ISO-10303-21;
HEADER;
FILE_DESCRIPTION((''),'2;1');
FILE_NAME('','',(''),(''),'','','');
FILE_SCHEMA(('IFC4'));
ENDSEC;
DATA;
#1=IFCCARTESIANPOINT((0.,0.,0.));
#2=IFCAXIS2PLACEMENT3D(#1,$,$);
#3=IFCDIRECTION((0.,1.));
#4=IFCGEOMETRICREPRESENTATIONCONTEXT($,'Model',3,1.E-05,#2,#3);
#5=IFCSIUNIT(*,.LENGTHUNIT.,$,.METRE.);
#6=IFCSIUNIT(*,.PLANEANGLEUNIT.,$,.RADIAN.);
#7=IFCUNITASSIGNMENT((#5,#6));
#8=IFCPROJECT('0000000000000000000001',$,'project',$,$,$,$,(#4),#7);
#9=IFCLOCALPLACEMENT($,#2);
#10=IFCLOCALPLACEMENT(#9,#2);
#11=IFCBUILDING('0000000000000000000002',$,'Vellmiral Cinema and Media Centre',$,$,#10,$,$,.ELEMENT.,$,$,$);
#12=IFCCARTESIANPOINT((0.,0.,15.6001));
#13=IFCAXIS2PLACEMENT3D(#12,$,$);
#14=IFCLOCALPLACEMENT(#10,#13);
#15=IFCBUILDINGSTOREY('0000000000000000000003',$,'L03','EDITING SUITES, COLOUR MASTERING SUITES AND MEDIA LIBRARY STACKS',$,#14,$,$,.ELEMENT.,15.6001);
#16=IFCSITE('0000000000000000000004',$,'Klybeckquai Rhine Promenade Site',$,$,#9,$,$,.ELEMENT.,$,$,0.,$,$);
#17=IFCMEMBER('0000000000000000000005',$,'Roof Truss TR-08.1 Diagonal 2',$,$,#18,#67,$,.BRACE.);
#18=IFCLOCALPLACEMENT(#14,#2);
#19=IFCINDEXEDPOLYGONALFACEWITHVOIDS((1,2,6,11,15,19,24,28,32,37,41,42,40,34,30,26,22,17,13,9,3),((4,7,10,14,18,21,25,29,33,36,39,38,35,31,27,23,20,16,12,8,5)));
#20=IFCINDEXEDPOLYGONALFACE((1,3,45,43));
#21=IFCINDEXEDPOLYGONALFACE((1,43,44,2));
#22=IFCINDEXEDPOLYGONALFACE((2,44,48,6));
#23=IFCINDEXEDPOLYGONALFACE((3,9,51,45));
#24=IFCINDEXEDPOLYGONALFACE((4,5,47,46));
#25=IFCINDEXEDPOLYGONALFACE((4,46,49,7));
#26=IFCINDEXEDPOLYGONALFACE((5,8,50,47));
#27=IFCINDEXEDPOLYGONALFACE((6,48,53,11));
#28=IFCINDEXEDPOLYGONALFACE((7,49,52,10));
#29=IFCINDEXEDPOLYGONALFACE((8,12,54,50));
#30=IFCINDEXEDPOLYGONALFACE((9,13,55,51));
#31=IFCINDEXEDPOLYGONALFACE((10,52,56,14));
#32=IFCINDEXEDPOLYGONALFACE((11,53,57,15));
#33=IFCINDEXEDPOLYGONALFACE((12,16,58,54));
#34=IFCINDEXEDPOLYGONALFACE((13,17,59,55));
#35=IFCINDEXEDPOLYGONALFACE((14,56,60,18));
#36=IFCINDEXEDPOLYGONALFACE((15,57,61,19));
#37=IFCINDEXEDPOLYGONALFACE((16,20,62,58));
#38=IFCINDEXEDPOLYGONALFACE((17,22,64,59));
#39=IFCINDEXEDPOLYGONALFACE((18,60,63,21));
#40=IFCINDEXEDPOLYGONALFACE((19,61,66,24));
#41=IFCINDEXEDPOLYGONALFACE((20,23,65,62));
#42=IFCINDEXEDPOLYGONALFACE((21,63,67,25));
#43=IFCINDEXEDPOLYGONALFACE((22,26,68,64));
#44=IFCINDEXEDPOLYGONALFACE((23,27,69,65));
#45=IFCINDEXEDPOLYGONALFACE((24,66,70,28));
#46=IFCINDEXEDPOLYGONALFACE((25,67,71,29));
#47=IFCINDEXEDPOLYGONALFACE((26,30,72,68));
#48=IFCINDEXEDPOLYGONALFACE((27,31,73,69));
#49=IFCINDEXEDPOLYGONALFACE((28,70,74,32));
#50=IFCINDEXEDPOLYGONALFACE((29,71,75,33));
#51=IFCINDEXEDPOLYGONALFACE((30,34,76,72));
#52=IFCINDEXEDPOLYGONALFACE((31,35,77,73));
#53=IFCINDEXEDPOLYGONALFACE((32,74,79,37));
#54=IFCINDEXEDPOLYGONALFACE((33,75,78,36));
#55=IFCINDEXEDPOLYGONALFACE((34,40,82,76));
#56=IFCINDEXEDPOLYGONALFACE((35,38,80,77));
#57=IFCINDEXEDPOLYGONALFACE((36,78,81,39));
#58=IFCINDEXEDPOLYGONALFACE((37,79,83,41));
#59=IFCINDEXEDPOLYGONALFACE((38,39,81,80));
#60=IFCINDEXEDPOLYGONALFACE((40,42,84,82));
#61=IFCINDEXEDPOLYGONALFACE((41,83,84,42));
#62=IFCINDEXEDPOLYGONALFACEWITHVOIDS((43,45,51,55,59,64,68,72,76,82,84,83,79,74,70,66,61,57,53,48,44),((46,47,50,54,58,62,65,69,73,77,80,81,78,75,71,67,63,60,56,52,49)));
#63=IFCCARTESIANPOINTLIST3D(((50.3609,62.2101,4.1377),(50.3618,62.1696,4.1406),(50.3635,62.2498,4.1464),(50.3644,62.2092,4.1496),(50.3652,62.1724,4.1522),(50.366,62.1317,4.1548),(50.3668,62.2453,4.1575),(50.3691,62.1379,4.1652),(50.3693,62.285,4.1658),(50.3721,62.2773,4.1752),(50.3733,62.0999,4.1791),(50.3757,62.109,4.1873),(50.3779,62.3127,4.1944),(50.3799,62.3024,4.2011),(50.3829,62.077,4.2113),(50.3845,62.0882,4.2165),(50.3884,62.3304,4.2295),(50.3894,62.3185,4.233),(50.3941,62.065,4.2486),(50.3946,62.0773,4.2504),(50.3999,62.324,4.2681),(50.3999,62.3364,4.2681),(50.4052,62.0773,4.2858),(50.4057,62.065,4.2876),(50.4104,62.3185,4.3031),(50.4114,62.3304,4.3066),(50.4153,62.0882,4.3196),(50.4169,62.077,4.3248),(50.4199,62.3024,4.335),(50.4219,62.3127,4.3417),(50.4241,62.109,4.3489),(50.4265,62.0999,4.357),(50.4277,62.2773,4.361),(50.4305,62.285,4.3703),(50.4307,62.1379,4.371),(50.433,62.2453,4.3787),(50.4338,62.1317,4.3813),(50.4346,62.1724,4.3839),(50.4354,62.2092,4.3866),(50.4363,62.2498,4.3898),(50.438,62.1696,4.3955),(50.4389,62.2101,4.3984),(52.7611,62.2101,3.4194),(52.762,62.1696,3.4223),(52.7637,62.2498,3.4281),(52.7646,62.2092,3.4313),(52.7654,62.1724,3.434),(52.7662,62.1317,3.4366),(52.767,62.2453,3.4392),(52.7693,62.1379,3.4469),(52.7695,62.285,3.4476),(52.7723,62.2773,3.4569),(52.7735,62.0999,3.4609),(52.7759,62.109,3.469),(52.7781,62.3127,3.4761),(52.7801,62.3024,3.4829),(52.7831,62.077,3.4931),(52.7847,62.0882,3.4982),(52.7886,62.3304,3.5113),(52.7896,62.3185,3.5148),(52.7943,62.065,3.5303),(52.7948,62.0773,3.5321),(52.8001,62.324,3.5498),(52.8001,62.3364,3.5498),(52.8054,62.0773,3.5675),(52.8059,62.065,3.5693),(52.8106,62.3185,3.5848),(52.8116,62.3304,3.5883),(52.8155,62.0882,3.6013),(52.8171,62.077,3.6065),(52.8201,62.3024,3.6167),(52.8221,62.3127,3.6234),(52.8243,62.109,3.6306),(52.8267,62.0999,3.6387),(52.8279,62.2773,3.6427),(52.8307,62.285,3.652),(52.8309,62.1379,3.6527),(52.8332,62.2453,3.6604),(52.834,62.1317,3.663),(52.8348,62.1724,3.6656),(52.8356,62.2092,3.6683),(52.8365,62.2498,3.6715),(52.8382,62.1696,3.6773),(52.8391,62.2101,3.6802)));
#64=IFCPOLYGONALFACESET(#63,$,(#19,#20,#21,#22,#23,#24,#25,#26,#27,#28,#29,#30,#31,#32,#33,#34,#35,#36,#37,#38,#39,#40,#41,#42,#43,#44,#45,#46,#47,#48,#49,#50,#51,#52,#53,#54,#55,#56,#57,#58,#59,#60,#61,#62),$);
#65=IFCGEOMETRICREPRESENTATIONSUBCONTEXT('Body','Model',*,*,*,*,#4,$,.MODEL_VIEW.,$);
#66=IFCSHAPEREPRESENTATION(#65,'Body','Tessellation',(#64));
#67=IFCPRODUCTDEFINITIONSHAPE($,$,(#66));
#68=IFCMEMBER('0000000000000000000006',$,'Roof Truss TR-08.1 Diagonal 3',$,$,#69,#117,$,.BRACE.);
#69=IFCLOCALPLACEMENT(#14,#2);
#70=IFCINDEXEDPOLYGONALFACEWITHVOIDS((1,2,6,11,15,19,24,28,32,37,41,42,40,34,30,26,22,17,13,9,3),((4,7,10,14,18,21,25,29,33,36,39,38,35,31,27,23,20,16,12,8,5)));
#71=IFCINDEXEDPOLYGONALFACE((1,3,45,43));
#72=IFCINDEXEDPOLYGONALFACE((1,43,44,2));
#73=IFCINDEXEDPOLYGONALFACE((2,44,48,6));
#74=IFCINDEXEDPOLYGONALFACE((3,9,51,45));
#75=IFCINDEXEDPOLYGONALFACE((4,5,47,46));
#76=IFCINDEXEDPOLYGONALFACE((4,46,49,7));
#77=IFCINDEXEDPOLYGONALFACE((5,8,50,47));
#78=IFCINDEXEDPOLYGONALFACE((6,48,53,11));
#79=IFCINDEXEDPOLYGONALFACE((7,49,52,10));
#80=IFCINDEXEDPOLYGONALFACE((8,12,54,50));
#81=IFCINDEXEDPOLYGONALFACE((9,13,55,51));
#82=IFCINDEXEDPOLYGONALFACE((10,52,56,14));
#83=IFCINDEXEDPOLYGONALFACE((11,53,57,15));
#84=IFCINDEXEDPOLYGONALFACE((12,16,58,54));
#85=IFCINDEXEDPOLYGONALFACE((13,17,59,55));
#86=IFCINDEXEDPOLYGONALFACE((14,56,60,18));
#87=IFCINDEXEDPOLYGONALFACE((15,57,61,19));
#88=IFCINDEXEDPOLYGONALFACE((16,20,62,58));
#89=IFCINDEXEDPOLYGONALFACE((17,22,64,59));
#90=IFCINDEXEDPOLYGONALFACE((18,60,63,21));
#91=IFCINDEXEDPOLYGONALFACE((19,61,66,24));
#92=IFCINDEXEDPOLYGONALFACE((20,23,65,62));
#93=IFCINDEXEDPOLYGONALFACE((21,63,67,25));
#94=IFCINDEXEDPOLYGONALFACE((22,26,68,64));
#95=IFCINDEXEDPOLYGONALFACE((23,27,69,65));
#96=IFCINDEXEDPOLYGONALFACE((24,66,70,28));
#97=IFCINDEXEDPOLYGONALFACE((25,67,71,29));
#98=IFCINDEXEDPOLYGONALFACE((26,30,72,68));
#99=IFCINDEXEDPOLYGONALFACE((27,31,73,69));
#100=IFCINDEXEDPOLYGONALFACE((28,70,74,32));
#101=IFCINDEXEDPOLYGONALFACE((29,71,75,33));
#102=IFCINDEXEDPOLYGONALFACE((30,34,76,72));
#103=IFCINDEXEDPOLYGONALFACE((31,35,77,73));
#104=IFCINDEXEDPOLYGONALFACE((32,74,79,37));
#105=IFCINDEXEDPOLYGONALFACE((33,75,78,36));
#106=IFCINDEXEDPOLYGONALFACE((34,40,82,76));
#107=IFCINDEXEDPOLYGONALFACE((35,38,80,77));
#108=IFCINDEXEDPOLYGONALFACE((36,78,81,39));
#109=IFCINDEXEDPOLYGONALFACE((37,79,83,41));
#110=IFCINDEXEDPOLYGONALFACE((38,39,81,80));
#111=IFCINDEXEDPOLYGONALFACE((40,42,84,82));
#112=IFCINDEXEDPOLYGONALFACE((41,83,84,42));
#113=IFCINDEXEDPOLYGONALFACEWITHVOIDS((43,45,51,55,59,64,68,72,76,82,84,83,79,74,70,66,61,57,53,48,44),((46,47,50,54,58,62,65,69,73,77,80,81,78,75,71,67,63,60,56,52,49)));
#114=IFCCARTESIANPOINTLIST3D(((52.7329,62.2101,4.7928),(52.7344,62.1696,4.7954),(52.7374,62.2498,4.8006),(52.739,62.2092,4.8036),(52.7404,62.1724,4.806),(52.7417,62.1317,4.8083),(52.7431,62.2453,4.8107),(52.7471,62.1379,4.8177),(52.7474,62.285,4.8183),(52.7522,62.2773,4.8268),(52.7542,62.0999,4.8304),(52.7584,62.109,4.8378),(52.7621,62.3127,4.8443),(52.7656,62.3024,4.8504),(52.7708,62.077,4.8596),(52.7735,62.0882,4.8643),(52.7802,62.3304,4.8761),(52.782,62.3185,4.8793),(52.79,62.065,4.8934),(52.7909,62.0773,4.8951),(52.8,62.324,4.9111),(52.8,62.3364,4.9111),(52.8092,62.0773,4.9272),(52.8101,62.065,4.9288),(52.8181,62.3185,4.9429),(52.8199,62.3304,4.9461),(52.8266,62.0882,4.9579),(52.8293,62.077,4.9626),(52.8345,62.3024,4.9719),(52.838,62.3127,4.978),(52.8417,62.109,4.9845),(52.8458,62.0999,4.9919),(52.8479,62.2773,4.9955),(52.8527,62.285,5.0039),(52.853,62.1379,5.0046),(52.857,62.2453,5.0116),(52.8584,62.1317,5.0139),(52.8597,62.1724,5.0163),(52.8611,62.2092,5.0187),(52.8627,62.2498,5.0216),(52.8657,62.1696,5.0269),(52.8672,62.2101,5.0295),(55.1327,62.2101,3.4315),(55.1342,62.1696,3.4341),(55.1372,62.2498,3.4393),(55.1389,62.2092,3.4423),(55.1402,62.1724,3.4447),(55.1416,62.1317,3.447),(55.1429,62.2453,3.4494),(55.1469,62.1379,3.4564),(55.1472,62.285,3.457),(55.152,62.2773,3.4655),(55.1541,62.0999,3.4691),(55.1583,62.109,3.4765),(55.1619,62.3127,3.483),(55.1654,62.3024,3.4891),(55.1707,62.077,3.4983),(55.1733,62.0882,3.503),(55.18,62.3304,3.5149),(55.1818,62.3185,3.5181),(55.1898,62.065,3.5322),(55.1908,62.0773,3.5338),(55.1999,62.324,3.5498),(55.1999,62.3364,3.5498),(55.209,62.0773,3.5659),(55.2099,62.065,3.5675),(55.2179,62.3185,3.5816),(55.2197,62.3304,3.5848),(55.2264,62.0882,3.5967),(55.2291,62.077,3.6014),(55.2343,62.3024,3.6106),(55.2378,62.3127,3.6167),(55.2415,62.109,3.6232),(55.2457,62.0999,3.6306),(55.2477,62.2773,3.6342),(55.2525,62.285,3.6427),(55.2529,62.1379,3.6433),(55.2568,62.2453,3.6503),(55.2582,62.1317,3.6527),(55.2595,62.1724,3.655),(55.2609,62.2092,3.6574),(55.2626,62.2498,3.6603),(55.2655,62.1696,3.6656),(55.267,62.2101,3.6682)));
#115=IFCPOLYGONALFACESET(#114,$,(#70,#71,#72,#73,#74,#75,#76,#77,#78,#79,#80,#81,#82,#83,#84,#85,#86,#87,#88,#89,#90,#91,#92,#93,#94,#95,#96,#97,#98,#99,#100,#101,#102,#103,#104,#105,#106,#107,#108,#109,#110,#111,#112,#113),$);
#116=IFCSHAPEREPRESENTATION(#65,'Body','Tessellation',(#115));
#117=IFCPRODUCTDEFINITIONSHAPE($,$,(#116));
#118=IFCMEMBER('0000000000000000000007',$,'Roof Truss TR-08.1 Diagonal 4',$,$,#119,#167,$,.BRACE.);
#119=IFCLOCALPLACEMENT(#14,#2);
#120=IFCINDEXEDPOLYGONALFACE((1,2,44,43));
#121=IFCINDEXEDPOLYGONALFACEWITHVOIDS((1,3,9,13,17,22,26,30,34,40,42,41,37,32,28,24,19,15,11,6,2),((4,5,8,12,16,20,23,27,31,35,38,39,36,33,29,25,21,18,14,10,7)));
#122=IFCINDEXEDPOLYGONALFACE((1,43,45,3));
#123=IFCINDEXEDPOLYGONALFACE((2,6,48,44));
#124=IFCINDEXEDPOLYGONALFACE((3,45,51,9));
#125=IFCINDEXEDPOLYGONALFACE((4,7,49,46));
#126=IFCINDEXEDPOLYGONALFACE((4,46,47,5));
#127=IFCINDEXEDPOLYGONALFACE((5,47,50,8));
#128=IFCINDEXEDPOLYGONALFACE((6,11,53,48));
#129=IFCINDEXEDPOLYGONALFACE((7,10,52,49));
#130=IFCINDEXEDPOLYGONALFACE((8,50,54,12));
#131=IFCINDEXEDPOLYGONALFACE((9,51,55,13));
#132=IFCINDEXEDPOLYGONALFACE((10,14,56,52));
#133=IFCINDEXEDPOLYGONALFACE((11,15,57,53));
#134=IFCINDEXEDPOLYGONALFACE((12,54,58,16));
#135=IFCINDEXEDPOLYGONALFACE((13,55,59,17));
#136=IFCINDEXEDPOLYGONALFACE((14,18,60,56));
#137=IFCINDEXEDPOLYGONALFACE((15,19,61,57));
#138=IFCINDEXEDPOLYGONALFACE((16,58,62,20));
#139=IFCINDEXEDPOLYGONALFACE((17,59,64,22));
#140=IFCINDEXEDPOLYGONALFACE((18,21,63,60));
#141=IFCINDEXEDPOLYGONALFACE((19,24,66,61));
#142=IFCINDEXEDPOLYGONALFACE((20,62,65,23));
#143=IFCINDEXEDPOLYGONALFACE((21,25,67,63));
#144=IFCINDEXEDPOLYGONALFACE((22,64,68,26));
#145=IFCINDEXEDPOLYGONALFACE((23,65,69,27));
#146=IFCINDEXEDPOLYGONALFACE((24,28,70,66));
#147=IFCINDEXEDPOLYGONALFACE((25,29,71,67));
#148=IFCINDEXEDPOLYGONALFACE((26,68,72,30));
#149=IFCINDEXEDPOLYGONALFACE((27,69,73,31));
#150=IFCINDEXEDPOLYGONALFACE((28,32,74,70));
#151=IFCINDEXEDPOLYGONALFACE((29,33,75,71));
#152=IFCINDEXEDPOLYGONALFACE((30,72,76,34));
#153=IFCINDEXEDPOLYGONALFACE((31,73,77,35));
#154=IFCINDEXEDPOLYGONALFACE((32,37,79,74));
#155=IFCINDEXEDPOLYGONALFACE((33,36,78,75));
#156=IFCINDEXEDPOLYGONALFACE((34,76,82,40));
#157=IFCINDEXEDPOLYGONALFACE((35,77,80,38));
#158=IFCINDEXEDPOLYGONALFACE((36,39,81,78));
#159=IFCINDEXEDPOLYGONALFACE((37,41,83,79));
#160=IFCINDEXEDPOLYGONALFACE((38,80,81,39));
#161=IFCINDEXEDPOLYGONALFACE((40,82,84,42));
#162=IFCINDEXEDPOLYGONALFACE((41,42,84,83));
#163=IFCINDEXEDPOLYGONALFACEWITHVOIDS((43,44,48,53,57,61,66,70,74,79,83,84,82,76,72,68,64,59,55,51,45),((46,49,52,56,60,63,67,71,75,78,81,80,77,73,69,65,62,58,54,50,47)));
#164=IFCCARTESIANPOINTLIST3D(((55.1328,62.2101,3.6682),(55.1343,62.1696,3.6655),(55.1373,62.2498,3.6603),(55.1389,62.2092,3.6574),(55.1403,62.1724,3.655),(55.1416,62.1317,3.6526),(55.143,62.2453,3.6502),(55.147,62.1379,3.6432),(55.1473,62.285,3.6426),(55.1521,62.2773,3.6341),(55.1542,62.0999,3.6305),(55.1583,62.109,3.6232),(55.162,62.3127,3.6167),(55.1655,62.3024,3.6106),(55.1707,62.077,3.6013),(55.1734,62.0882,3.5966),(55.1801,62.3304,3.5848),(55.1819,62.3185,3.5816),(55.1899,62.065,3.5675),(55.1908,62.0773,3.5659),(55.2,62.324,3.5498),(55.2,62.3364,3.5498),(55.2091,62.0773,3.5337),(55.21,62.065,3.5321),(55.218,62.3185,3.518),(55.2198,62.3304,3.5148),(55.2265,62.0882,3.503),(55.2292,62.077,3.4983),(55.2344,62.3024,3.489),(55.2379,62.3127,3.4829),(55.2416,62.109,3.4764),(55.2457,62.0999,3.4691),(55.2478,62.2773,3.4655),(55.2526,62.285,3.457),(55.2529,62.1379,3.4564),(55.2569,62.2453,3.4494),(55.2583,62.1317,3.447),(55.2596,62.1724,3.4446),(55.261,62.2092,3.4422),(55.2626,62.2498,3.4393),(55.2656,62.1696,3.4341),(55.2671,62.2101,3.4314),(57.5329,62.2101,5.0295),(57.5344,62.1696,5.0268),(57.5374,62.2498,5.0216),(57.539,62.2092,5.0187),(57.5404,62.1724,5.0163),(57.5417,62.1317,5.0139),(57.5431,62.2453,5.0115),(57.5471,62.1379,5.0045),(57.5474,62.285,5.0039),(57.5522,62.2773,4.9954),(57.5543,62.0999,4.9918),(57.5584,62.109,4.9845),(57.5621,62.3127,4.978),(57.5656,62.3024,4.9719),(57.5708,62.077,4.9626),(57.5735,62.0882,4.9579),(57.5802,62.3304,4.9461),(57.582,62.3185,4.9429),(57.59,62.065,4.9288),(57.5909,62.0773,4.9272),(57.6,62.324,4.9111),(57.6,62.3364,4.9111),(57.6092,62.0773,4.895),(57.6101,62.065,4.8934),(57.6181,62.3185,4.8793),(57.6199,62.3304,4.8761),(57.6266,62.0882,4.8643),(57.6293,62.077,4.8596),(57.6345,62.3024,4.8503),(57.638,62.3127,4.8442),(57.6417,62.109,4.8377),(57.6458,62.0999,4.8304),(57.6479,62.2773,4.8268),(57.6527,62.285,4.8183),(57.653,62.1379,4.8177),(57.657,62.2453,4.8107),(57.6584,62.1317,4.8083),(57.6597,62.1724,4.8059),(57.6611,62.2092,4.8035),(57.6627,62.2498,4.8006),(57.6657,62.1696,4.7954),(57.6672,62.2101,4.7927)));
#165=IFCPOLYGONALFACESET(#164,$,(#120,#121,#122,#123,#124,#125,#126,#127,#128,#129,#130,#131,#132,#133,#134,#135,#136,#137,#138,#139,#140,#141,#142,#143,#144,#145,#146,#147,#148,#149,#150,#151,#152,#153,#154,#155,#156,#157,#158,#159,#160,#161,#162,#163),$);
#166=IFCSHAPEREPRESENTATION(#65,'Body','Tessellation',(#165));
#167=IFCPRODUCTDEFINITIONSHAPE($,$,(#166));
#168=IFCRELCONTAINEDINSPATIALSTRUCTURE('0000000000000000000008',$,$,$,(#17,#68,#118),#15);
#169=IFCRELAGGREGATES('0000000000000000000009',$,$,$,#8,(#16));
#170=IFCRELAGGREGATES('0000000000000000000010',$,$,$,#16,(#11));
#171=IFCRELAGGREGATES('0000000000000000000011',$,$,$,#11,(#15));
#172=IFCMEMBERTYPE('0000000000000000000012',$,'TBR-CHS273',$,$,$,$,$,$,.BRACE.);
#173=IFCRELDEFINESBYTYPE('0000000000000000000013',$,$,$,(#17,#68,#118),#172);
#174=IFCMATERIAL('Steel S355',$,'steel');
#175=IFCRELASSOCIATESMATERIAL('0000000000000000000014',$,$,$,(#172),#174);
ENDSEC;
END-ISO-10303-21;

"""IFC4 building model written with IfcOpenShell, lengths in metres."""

from ifc_helpers import new_model, si_unit, direction, frame, origin, origin_2d, place, context, subcontext, project, spatial, hollow_circle, extrude, material, material_profile, profile_set, type_object, element, save


model = new_model("IFC4")

# Units and contexts
model_context = context("Model", 3, precision=1e-05, world=origin(), true_north=direction((0.0, 1.0)))
body_context = subcontext(model_context, "Body", "Model", "MODEL_VIEW")
ifc_project = project(units=[si_unit("LENGTHUNIT", "METRE"), si_unit("PLANEANGLEUNIT", "RADIAN")], contexts=[model_context])

# Site, building, storey
site_placement = place(None, origin())
site = spatial("IfcSite", under=ifc_project, at=site_placement, Name="Klybeckquai Rhine Promenade Site", CompositionType="ELEMENT", RefElevation=0.0)
building_placement = place(site_placement, origin())
building = spatial("IfcBuilding", under=site, at=building_placement, Name="Vellmiral Cinema and Media Centre", CompositionType="ELEMENT")
storey_placement = place(building_placement, frame((0.0, 0.0, 15.6001)))
storey = spatial("IfcBuildingStorey", under=building, at=storey_placement, Name="L03", Description="EDITING SUITES, COLOUR MASTERING SUITES AND MEDIA LIBRARY STACKS", CompositionType="ELEMENT", Elevation=15.6001)

# Members
ifc_material_1 = material(Name="Steel S355", Category="steel")
ifc_material_profile_1 = material_profile(ifc_material_1, hollow_circle(Radius=0.1365, WallThickness=0.0125, at=origin_2d()), Name="CHS 273.0x12.5")
ifc_profile_set_1 = profile_set([ifc_material_profile_1], Name="Steel S355")
member_type_1 = type_object("IfcMemberType", Name="TBR-CHS273", PredefinedType="BRACE", material=ifc_profile_set_1)
member_1_placement = place(storey_placement, frame((50.3999, 62.2, 4.2681), z_axis=(0.958022, 0.0, -0.286695), x_axis=(0.0, 1.0, 0.0)))
element("IfcMember", 1, at=member_1_placement, inside=storey, type_object=member_type_1, Name="Roof Truss TR-08.1 Diagonal 2", PredefinedType="BRACE", context=body_context, shape_type="SweptSolid", body=[
    extrude(hollow_circle(Radius=0.1365, WallThickness=0.0125, at=origin_2d()), origin(), (0.0, 0.0, 1.0), 2.5054),
])
member_2_placement = place(storey_placement, frame((52.8, 62.2, 4.9111), z_axis=(0.869807, 0.0, -0.493392), x_axis=(0.0, 1.0, 0.0)))
element("IfcMember", 2, at=member_2_placement, inside=storey, type_object=member_type_1, Name="Roof Truss TR-08.1 Diagonal 3", PredefinedType="BRACE", context=body_context, shape_type="SweptSolid", body=[
    extrude(hollow_circle(Radius=0.1365, WallThickness=0.0125, at=origin_2d()), origin(), (0.0, 0.0, 1.0), 2.759),
])
member_3_placement = place(storey_placement, frame((55.2, 62.2, 3.5498), z_axis=(0.869829, 0.0, 0.493354), x_axis=(0.0, 1.0, 0.0)))
element("IfcMember", 3, at=member_3_placement, inside=storey, type_object=member_type_1, Name="Roof Truss TR-08.1 Diagonal 4", PredefinedType="BRACE", context=body_context, shape_type="SweptSolid", body=[
    extrude(hollow_circle(Radius=0.1365, WallThickness=0.0125, at=origin_2d()), origin(), (0.0, 0.0, 1.0), 2.7593),
])

save(model, "model.ifc")
